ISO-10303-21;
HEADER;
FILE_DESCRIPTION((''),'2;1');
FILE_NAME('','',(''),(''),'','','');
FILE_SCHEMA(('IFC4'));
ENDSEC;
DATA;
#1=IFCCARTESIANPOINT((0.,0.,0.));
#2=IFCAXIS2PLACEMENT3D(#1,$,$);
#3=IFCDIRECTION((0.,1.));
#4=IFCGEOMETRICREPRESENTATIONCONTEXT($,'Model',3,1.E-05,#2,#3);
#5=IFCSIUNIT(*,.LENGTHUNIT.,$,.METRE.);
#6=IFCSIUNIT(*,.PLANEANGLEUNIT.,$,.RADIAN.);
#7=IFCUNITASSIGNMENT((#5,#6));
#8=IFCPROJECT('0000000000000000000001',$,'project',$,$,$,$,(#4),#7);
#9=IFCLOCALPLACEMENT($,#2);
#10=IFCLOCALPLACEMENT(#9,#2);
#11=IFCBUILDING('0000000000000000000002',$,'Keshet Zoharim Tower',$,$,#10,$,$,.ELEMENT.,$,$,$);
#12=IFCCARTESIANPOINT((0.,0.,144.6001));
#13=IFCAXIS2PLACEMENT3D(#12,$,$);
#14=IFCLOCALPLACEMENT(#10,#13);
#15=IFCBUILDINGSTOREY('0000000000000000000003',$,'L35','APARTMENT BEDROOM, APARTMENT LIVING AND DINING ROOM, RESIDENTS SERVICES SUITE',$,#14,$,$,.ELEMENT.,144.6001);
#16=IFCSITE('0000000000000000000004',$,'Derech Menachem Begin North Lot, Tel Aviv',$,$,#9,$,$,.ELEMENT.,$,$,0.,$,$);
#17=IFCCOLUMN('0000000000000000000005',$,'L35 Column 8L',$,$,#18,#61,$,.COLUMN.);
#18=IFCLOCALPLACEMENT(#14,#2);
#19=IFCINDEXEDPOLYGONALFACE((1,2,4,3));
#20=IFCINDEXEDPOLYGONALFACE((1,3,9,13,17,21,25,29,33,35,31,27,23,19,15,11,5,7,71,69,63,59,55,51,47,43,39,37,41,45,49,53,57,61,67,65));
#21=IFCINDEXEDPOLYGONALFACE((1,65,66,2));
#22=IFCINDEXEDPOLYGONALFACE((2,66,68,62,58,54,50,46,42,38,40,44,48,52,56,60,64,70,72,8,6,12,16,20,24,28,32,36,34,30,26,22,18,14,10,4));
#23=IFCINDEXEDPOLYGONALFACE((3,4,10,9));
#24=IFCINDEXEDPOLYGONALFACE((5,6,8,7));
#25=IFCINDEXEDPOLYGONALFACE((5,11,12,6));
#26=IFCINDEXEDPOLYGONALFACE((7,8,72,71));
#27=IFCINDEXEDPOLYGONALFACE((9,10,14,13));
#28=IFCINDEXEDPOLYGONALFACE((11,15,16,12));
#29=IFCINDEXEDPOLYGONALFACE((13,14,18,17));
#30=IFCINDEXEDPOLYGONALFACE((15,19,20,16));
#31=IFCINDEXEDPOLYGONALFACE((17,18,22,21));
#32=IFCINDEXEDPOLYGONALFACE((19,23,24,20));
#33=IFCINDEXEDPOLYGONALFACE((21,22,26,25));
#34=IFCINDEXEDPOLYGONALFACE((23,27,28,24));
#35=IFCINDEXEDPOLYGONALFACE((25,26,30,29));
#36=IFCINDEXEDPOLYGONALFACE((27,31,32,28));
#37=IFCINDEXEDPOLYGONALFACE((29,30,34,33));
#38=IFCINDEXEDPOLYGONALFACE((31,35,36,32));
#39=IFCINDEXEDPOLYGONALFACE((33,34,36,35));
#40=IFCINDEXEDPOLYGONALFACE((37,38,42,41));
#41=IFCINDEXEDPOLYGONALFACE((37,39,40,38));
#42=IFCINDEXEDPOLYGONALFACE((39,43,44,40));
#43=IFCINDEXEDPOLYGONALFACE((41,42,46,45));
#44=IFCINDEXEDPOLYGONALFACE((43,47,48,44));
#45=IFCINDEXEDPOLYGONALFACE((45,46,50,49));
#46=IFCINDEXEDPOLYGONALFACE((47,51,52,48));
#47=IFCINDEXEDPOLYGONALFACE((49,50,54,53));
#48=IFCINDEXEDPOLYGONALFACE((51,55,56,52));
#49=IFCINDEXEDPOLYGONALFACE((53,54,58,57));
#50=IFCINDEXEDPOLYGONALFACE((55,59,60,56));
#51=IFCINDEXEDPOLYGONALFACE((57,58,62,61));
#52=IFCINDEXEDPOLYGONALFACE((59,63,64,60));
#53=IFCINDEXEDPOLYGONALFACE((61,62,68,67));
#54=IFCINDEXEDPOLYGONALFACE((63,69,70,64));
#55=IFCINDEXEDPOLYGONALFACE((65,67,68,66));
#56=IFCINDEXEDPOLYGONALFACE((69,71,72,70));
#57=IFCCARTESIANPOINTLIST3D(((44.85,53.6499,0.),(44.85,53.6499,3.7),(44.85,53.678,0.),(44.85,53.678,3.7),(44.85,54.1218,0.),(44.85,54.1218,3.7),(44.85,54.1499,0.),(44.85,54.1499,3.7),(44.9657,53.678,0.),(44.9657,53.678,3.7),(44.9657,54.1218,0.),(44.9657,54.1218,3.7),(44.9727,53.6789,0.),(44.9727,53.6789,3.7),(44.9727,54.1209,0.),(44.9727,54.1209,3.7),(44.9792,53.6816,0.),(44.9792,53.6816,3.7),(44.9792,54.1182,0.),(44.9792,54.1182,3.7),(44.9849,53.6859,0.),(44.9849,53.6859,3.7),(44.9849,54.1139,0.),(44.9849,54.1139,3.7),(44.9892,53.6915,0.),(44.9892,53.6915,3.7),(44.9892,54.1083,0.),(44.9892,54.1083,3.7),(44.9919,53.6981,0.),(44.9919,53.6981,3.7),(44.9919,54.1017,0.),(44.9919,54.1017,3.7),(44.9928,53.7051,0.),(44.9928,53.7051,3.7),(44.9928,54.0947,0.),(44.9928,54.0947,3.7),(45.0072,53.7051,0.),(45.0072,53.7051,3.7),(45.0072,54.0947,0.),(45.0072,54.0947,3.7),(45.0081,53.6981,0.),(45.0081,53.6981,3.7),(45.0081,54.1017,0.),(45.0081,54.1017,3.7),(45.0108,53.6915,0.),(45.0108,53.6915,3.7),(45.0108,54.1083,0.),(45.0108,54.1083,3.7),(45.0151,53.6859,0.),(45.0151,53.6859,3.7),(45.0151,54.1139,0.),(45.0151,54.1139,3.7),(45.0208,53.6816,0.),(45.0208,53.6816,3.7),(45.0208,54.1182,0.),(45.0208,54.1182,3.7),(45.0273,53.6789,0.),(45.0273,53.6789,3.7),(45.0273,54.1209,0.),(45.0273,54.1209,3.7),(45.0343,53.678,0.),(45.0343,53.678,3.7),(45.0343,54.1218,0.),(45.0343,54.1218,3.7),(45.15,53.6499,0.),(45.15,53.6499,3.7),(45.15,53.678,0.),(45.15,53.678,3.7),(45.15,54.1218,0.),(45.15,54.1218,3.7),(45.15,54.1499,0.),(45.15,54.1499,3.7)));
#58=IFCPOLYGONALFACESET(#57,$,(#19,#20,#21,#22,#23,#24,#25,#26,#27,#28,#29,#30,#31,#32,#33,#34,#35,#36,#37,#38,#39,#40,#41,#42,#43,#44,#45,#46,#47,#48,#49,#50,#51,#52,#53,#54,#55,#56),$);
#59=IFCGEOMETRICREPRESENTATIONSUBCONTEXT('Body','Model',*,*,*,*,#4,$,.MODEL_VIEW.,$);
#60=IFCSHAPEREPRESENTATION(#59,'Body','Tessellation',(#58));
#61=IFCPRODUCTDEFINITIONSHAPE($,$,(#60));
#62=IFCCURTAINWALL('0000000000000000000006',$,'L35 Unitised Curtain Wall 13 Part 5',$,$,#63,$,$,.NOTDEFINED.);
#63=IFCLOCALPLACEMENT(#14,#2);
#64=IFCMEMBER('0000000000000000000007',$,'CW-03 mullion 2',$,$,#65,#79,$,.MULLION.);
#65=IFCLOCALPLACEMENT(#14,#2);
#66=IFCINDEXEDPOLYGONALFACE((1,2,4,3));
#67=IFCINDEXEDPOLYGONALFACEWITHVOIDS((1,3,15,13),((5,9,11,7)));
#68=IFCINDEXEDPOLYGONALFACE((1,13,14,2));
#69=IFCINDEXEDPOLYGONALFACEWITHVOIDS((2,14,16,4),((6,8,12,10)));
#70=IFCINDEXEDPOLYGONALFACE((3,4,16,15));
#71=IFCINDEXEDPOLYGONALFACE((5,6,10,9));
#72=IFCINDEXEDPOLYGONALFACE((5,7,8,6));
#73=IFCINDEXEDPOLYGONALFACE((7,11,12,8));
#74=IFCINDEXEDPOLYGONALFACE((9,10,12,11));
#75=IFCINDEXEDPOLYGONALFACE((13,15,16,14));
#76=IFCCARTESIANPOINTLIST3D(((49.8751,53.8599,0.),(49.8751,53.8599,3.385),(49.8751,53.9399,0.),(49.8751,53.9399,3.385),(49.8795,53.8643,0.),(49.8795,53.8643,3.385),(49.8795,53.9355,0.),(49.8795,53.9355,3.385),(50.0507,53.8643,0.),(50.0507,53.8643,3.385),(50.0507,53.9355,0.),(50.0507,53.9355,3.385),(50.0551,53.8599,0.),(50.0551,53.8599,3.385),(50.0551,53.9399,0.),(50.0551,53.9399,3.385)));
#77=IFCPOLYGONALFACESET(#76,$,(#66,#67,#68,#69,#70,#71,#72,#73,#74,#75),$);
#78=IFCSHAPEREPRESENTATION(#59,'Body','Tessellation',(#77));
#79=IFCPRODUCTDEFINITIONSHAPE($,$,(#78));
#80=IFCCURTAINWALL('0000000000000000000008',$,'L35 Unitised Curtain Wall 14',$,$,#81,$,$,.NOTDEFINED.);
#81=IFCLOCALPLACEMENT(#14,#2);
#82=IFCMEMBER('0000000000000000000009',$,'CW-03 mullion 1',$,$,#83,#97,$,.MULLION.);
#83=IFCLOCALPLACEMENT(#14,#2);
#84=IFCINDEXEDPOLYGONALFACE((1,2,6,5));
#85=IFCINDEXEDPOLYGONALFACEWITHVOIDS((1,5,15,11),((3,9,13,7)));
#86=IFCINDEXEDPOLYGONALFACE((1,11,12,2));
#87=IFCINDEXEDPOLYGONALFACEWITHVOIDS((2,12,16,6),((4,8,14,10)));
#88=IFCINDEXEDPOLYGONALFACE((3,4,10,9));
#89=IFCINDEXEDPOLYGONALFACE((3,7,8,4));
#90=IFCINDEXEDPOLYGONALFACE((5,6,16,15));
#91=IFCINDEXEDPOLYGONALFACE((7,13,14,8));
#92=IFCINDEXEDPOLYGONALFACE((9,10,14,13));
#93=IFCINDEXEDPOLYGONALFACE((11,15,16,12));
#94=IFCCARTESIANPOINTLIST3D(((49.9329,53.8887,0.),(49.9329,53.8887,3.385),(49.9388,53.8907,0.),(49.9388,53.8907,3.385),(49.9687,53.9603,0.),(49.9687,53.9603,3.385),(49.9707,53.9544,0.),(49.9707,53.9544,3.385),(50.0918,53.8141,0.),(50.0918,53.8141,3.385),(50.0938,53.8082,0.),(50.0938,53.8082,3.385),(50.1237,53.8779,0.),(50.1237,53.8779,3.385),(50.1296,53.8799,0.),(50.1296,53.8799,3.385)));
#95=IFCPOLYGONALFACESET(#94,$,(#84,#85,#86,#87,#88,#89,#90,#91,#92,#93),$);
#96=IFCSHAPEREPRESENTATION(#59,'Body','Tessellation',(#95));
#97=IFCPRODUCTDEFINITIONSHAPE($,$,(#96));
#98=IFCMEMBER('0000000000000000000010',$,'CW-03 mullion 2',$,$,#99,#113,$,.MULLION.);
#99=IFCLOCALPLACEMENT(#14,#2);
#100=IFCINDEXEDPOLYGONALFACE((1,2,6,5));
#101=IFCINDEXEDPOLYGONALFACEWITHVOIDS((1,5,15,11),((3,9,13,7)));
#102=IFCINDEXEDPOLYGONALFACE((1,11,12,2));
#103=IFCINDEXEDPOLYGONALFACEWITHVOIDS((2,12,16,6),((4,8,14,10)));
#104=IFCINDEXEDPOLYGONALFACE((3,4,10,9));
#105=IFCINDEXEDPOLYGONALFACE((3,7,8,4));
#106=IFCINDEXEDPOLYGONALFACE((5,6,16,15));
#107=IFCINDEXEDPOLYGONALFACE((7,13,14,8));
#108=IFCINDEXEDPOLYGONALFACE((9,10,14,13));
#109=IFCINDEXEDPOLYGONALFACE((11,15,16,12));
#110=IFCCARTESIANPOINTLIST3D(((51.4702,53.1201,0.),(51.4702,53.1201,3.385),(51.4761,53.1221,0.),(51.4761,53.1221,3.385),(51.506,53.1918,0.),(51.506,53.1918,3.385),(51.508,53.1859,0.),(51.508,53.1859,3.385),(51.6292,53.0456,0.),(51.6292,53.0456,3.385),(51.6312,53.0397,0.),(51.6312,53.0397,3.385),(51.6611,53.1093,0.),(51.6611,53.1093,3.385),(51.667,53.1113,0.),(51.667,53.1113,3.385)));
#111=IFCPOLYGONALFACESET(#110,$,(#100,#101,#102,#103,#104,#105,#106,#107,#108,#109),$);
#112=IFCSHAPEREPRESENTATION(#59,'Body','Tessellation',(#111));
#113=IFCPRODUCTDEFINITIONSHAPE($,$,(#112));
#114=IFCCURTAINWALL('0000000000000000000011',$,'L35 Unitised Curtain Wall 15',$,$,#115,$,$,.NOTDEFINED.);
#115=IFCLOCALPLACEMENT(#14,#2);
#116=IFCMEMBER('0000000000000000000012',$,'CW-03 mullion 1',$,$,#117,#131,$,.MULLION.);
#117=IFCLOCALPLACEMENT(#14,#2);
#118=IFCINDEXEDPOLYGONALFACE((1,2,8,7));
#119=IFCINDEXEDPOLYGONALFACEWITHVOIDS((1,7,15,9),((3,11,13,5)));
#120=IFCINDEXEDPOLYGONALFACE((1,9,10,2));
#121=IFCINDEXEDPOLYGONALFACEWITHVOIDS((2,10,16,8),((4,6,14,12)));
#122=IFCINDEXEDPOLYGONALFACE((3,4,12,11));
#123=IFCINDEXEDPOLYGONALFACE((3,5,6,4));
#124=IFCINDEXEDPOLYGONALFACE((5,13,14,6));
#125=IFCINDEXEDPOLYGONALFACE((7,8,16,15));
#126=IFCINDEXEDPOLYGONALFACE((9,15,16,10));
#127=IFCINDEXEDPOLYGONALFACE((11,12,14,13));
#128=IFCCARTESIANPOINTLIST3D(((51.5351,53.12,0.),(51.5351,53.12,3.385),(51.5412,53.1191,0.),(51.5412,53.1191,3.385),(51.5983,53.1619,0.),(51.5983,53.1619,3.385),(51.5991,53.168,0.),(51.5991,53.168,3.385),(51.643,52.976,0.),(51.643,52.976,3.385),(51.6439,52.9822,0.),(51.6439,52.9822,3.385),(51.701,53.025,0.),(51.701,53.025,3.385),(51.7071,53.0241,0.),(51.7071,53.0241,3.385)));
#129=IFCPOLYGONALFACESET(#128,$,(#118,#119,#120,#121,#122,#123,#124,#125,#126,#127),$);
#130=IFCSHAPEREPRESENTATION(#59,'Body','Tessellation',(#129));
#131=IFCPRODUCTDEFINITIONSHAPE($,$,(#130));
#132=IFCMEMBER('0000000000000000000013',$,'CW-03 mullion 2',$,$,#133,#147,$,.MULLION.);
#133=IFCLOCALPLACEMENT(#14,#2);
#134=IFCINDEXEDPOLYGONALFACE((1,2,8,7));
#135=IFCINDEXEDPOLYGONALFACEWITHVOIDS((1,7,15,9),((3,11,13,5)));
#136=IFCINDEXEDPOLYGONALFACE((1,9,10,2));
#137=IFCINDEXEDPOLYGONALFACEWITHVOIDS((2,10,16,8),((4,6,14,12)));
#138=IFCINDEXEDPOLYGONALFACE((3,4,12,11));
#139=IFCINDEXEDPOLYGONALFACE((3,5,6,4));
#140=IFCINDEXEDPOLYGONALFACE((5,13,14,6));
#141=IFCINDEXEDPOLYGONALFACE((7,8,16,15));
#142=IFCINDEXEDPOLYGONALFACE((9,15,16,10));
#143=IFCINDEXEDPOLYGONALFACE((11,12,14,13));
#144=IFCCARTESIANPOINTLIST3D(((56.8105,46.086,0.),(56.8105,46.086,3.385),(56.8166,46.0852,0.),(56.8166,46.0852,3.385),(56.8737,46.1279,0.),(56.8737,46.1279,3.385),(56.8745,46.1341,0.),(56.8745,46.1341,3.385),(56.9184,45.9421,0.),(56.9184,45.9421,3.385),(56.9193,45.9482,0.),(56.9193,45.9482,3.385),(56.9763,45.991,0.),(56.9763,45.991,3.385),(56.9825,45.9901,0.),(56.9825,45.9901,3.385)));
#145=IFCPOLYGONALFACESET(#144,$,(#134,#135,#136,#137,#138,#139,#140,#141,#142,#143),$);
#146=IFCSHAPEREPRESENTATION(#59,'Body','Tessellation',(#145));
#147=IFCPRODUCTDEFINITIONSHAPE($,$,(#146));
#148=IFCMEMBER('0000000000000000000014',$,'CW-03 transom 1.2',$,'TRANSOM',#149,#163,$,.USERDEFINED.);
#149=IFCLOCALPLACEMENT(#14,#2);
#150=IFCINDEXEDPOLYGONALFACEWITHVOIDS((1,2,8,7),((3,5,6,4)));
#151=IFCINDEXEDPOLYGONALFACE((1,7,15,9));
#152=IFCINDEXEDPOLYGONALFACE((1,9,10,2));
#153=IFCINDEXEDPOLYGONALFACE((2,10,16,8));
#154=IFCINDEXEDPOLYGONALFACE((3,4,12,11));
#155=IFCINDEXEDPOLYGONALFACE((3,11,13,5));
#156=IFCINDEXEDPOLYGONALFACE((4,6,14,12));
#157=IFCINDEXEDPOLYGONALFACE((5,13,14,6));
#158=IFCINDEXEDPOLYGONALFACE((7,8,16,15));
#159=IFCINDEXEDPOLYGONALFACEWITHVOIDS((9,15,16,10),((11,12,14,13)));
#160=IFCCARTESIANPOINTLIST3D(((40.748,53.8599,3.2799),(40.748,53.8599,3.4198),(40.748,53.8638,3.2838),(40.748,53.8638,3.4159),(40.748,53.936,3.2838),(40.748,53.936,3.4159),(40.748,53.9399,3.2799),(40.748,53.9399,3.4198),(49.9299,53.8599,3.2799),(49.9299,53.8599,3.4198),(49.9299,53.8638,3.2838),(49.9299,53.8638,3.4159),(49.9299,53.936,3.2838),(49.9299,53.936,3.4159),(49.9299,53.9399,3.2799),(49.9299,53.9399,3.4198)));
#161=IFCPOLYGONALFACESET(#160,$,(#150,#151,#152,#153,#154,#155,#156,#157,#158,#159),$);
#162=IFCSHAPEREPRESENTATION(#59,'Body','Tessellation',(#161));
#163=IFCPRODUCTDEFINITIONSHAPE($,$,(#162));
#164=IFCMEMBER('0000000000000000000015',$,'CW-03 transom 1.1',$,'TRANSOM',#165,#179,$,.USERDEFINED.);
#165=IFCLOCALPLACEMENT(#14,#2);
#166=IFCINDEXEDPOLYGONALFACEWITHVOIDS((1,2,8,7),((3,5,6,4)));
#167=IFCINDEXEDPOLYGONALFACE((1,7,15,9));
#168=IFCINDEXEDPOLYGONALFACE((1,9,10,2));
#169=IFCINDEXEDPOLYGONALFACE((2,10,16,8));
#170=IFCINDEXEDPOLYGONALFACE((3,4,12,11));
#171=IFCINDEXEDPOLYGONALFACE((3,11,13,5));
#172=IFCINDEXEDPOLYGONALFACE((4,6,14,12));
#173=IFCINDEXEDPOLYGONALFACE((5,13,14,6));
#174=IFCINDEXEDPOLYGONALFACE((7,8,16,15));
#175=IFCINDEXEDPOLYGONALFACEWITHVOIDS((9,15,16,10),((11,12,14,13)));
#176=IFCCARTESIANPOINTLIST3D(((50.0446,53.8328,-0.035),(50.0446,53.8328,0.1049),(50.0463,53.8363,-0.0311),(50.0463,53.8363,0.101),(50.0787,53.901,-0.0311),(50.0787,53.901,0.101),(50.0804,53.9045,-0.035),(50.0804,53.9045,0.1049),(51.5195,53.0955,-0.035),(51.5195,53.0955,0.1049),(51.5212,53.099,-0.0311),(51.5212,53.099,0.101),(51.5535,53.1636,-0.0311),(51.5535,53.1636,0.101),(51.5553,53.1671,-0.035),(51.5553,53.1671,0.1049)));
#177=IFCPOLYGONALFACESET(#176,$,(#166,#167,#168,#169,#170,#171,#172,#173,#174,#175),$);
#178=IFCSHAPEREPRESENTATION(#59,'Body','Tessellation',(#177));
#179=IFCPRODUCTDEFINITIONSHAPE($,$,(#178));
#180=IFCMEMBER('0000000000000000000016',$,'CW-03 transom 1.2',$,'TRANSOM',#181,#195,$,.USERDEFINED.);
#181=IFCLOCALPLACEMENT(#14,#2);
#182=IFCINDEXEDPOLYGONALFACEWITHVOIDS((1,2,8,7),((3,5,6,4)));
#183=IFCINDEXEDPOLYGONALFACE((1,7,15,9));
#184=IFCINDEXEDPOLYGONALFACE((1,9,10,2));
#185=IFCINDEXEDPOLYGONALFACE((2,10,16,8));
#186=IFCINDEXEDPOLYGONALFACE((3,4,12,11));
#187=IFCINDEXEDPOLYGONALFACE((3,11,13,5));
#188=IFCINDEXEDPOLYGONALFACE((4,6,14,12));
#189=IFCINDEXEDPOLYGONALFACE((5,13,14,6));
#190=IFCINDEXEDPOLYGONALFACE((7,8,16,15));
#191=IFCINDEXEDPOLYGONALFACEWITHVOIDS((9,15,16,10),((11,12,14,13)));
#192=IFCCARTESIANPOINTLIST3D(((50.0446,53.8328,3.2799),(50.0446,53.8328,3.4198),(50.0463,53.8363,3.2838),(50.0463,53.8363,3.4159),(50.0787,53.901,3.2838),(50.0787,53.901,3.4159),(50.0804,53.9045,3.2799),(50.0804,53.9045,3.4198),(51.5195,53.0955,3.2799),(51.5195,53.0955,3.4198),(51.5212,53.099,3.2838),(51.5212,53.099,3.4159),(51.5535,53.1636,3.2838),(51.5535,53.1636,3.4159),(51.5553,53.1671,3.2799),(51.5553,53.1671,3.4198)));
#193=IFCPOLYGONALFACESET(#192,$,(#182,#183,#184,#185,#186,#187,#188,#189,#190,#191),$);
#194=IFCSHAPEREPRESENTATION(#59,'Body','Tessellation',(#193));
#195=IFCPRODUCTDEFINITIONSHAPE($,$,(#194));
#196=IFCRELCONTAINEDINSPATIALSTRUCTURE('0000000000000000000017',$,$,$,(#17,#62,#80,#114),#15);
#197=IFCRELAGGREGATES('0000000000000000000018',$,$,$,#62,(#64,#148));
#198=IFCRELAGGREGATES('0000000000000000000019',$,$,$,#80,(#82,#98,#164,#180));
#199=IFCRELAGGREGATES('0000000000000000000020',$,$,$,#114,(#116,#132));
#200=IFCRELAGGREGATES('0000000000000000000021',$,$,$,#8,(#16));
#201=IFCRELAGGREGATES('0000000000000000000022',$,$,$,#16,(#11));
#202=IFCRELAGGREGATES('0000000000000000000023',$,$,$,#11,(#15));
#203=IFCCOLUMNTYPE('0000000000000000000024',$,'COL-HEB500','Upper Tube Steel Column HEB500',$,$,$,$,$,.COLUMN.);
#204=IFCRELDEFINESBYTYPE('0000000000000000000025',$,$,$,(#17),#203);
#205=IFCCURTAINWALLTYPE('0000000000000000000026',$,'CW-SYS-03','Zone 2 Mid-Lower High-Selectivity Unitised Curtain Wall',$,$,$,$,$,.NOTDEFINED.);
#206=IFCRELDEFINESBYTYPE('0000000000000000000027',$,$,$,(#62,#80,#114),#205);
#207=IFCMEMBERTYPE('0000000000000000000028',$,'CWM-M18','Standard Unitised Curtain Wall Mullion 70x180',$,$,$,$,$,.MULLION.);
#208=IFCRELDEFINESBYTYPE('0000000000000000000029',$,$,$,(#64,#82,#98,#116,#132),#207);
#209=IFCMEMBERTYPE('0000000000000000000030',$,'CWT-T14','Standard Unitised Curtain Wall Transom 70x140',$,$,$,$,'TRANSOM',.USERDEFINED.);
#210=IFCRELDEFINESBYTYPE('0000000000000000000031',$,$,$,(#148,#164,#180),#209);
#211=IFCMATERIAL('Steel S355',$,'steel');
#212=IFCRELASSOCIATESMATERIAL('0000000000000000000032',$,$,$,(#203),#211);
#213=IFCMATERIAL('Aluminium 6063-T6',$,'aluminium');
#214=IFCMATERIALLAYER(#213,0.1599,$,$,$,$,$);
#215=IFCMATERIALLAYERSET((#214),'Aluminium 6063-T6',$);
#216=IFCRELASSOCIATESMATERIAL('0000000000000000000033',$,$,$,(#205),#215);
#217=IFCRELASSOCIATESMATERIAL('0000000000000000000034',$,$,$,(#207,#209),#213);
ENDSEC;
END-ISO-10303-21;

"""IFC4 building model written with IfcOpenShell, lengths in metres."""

from ifc_helpers import new_model, si_unit, direction, frame, origin, origin_2d, place, context, subcontext, project, spatial, hollow_rectangle, i_section, extrude, material, layer, layer_set, material_profile, profile_set, type_object, element, aggregate, save


model = new_model("IFC4")

# Units and contexts
model_context = context("Model", 3, precision=1e-05, world=origin(), true_north=direction((0.0, 1.0)))
body_context = subcontext(model_context, "Body", "Model", "MODEL_VIEW")
ifc_project = project(units=[si_unit("LENGTHUNIT", "METRE"), si_unit("PLANEANGLEUNIT", "RADIAN")], contexts=[model_context])

# Site, building, storey
site_placement = place(None, origin())
site = spatial("IfcSite", under=ifc_project, at=site_placement, Name="Derech Menachem Begin North Lot, Tel Aviv", CompositionType="ELEMENT", RefElevation=0.0)
building_placement = place(site_placement, origin())
building = spatial("IfcBuilding", under=site, at=building_placement, Name="Keshet Zoharim Tower", CompositionType="ELEMENT")
storey_placement = place(building_placement, frame((0.0, 0.0, 144.6001)))
storey = spatial("IfcBuildingStorey", under=building, at=storey_placement, Name="L35", Description="APARTMENT BEDROOM, APARTMENT LIVING AND DINING ROOM, RESIDENTS SERVICES SUITE", CompositionType="ELEMENT", Elevation=144.6001)

# Column
ifc_material_1 = material(Name="Steel S355", Category="steel")
ifc_material_profile_1 = material_profile(ifc_material_1, i_section(OverallWidth=0.3, OverallDepth=0.5, WebThickness=0.0144, FlangeThickness=0.0281, FilletRadius=0.0271, at=origin_2d()), Name="HEB500")
ifc_profile_set_1 = profile_set([ifc_material_profile_1], Name="Steel S355")
column_type = type_object("IfcColumnType", Name="COL-HEB500", Description="Upper Tube Steel Column HEB500", PredefinedType="COLUMN", material=ifc_profile_set_1)
column_placement = place(storey_placement, frame((45.0, 53.8999, 0.0), z_axis=(0.0, 0.0, 1.0), x_axis=(1.0, 0.0, 0.0)))
element("IfcColumn", 1, at=column_placement, inside=storey, type_object=column_type, Name="L35 Column 8L", PredefinedType="COLUMN", context=body_context, shape_type="SweptSolid", body=[
    extrude(i_section(OverallWidth=0.3, OverallDepth=0.5, WebThickness=0.0144, FlangeThickness=0.0281, FilletRadius=0.0271, at=origin_2d()), origin(), (0.0, 0.0, 1.0), 3.7),
])

# Curtain wall, member
ifc_material_2 = material(Name="Aluminium 6063-T6", Category="aluminium")
ifc_layer_1 = layer(ifc_material_2, 0.1599)
ifc_layer_set_1 = layer_set([ifc_layer_1], Name="Aluminium 6063-T6")
curtain_wall_type = type_object("IfcCurtainWallType", Name="CW-SYS-03", Description="Zone 2 Mid-Lower High-Selectivity Unitised Curtain Wall", PredefinedType="NOTDEFINED", material=ifc_layer_set_1)
curtain_wall_1_placement = place(storey_placement, origin())
curtain_wall_1 = element("IfcCurtainWall", 2, at=curtain_wall_1_placement, inside=storey, type_object=curtain_wall_type, Name="L35 Unitised Curtain Wall 13 Part 5", PredefinedType="NOTDEFINED")
ifc_material_profile_2 = material_profile(ifc_material_2, hollow_rectangle(XDim=0.0801, YDim=0.1799, WallThickness=0.0044, at=origin_2d()), Name="MUL-80x180")
ifc_profile_set_2 = profile_set([ifc_material_profile_2], Name="Aluminium 6063-T6")
member_type_1 = type_object("IfcMemberType", Name="CWM-M18", Description="Standard Unitised Curtain Wall Mullion 70x180", PredefinedType="MULLION", material=ifc_profile_set_2)
member_1_placement = place(storey_placement, frame((49.9651, 53.8999, 0.0), z_axis=(0.0, 0.0, 1.0), x_axis=(0.0, 1.0, 0.0)))
member_1 = element("IfcMember", 3, at=member_1_placement, type_object=member_type_1, Name="CW-03 mullion 2", PredefinedType="MULLION", context=body_context, shape_type="SweptSolid", body=[
    extrude(hollow_rectangle(XDim=0.0801, YDim=0.1799, WallThickness=0.0044, at=origin_2d()), origin(), (0.0, 0.0, 1.0), 3.385),
])

# Curtain walls, members
curtain_wall_2_placement = place(storey_placement, origin())
curtain_wall_2 = element("IfcCurtainWall", 4, at=curtain_wall_2_placement, inside=storey, type_object=curtain_wall_type, Name="L35 Unitised Curtain Wall 14", PredefinedType="NOTDEFINED")
member_2_placement = place(storey_placement, frame((50.0312, 53.8843, 0.0), z_axis=(0.0, 0.0, 1.0), x_axis=(0.447214, 0.894427, 0.0)))
member_2 = element("IfcMember", 5, at=member_2_placement, type_object=member_type_1, Name="CW-03 mullion 1", PredefinedType="MULLION", context=body_context, shape_type="SweptSolid", body=[
    extrude(hollow_rectangle(XDim=0.0801, YDim=0.1799, WallThickness=0.0044, at=origin_2d()), origin(), (0.0, 0.0, 1.0), 3.385),
])
member_3_placement = place(storey_placement, frame((51.5686, 53.1157, 0.0), z_axis=(0.0, 0.0, 1.0), x_axis=(0.447214, 0.894427, 0.0)))
member_3 = element("IfcMember", 6, at=member_3_placement, type_object=member_type_1, Name="CW-03 mullion 2", PredefinedType="MULLION", context=body_context, shape_type="SweptSolid", body=[
    extrude(hollow_rectangle(XDim=0.0801, YDim=0.1799, WallThickness=0.0044, at=origin_2d()), origin(), (0.0, 0.0, 1.0), 3.385),
])
curtain_wall_3_placement = place(storey_placement, origin())
curtain_wall_3 = element("IfcCurtainWall", 7, at=curtain_wall_3_placement, inside=storey, type_object=curtain_wall_type, Name="L35 Unitised Curtain Wall 15", PredefinedType="NOTDEFINED")
member_4_placement = place(storey_placement, frame((51.6211, 53.072, 0.0), z_axis=(0.0, 0.0, 1.0), x_axis=(0.8, 0.6, 0.0)))
member_4 = element("IfcMember", 8, at=member_4_placement, type_object=member_type_1, Name="CW-03 mullion 1", PredefinedType="MULLION", context=body_context, shape_type="SweptSolid", body=[
    extrude(hollow_rectangle(XDim=0.0801, YDim=0.1799, WallThickness=0.0044, at=origin_2d()), origin(), (0.0, 0.0, 1.0), 3.385),
])
member_5_placement = place(storey_placement, frame((56.8965, 46.0381, 0.0), z_axis=(0.0, 0.0, 1.0), x_axis=(0.8, 0.6, 0.0)))
member_5 = element("IfcMember", 9, at=member_5_placement, type_object=member_type_1, Name="CW-03 mullion 2", PredefinedType="MULLION", context=body_context, shape_type="SweptSolid", body=[
    extrude(hollow_rectangle(XDim=0.0801, YDim=0.1799, WallThickness=0.0044, at=origin_2d()), origin(), (0.0, 0.0, 1.0), 3.385),
])

# Members
ifc_material_profile_3 = material_profile(ifc_material_2, hollow_rectangle(XDim=0.0801, YDim=0.1399, WallThickness=0.0039, at=origin_2d()), Name="TRN-80x140")
ifc_profile_set_3 = profile_set([ifc_material_profile_3], Name="Aluminium 6063-T6")
member_type_2 = type_object("IfcMemberType", Name="CWT-T14", Description="Standard Unitised Curtain Wall Transom 70x140", ElementType="TRANSOM", PredefinedType="USERDEFINED", material=ifc_profile_set_3)
member_6_placement = place(storey_placement, frame((40.748, 53.8999, 3.3499), z_axis=(1.0, 0.0, 0.0), x_axis=(0.0, 1.0, 0.0)))
member_6 = element("IfcMember", 10, at=member_6_placement, type_object=member_type_2, Name="CW-03 transom 1.2", ObjectType="TRANSOM", PredefinedType="USERDEFINED", context=body_context, shape_type="SweptSolid", body=[
    extrude(hollow_rectangle(XDim=0.0801, YDim=0.1399, WallThickness=0.0039, at=origin_2d()), origin(), (0.0, 0.0, 1.0), 9.1819),
])
member_7_placement = place(storey_placement, frame((50.0625, 53.8687, 0.0349), z_axis=(0.894457, -0.447154, 0.0), x_axis=(0.447154, 0.894457, 0.0)))
member_7 = element("IfcMember", 11, at=member_7_placement, type_object=member_type_2, Name="CW-03 transom 1.1", ObjectType="TRANSOM", PredefinedType="USERDEFINED", context=body_context, shape_type="SweptSolid", body=[
    extrude(hollow_rectangle(XDim=0.0801, YDim=0.1399, WallThickness=0.0039, at=origin_2d()), origin(), (0.0, 0.0, 1.0), 1.6489),
])
member_8_placement = place(storey_placement, frame((50.0625, 53.8687, 3.3499), z_axis=(0.894457, -0.447154, 0.0), x_axis=(0.447154, 0.894457, 0.0)))
member_8 = element("IfcMember", 12, at=member_8_placement, type_object=member_type_2, Name="CW-03 transom 1.2", ObjectType="TRANSOM", PredefinedType="USERDEFINED", context=body_context, shape_type="SweptSolid", body=[
    extrude(hollow_rectangle(XDim=0.0801, YDim=0.1399, WallThickness=0.0039, at=origin_2d()), origin(), (0.0, 0.0, 1.0), 1.6489),
])

aggregate(curtain_wall_1, [member_1, member_6])
aggregate(curtain_wall_2, [member_2, member_3, member_7, member_8])
aggregate(curtain_wall_3, [member_4, member_5])

save(model, "model.ifc")
